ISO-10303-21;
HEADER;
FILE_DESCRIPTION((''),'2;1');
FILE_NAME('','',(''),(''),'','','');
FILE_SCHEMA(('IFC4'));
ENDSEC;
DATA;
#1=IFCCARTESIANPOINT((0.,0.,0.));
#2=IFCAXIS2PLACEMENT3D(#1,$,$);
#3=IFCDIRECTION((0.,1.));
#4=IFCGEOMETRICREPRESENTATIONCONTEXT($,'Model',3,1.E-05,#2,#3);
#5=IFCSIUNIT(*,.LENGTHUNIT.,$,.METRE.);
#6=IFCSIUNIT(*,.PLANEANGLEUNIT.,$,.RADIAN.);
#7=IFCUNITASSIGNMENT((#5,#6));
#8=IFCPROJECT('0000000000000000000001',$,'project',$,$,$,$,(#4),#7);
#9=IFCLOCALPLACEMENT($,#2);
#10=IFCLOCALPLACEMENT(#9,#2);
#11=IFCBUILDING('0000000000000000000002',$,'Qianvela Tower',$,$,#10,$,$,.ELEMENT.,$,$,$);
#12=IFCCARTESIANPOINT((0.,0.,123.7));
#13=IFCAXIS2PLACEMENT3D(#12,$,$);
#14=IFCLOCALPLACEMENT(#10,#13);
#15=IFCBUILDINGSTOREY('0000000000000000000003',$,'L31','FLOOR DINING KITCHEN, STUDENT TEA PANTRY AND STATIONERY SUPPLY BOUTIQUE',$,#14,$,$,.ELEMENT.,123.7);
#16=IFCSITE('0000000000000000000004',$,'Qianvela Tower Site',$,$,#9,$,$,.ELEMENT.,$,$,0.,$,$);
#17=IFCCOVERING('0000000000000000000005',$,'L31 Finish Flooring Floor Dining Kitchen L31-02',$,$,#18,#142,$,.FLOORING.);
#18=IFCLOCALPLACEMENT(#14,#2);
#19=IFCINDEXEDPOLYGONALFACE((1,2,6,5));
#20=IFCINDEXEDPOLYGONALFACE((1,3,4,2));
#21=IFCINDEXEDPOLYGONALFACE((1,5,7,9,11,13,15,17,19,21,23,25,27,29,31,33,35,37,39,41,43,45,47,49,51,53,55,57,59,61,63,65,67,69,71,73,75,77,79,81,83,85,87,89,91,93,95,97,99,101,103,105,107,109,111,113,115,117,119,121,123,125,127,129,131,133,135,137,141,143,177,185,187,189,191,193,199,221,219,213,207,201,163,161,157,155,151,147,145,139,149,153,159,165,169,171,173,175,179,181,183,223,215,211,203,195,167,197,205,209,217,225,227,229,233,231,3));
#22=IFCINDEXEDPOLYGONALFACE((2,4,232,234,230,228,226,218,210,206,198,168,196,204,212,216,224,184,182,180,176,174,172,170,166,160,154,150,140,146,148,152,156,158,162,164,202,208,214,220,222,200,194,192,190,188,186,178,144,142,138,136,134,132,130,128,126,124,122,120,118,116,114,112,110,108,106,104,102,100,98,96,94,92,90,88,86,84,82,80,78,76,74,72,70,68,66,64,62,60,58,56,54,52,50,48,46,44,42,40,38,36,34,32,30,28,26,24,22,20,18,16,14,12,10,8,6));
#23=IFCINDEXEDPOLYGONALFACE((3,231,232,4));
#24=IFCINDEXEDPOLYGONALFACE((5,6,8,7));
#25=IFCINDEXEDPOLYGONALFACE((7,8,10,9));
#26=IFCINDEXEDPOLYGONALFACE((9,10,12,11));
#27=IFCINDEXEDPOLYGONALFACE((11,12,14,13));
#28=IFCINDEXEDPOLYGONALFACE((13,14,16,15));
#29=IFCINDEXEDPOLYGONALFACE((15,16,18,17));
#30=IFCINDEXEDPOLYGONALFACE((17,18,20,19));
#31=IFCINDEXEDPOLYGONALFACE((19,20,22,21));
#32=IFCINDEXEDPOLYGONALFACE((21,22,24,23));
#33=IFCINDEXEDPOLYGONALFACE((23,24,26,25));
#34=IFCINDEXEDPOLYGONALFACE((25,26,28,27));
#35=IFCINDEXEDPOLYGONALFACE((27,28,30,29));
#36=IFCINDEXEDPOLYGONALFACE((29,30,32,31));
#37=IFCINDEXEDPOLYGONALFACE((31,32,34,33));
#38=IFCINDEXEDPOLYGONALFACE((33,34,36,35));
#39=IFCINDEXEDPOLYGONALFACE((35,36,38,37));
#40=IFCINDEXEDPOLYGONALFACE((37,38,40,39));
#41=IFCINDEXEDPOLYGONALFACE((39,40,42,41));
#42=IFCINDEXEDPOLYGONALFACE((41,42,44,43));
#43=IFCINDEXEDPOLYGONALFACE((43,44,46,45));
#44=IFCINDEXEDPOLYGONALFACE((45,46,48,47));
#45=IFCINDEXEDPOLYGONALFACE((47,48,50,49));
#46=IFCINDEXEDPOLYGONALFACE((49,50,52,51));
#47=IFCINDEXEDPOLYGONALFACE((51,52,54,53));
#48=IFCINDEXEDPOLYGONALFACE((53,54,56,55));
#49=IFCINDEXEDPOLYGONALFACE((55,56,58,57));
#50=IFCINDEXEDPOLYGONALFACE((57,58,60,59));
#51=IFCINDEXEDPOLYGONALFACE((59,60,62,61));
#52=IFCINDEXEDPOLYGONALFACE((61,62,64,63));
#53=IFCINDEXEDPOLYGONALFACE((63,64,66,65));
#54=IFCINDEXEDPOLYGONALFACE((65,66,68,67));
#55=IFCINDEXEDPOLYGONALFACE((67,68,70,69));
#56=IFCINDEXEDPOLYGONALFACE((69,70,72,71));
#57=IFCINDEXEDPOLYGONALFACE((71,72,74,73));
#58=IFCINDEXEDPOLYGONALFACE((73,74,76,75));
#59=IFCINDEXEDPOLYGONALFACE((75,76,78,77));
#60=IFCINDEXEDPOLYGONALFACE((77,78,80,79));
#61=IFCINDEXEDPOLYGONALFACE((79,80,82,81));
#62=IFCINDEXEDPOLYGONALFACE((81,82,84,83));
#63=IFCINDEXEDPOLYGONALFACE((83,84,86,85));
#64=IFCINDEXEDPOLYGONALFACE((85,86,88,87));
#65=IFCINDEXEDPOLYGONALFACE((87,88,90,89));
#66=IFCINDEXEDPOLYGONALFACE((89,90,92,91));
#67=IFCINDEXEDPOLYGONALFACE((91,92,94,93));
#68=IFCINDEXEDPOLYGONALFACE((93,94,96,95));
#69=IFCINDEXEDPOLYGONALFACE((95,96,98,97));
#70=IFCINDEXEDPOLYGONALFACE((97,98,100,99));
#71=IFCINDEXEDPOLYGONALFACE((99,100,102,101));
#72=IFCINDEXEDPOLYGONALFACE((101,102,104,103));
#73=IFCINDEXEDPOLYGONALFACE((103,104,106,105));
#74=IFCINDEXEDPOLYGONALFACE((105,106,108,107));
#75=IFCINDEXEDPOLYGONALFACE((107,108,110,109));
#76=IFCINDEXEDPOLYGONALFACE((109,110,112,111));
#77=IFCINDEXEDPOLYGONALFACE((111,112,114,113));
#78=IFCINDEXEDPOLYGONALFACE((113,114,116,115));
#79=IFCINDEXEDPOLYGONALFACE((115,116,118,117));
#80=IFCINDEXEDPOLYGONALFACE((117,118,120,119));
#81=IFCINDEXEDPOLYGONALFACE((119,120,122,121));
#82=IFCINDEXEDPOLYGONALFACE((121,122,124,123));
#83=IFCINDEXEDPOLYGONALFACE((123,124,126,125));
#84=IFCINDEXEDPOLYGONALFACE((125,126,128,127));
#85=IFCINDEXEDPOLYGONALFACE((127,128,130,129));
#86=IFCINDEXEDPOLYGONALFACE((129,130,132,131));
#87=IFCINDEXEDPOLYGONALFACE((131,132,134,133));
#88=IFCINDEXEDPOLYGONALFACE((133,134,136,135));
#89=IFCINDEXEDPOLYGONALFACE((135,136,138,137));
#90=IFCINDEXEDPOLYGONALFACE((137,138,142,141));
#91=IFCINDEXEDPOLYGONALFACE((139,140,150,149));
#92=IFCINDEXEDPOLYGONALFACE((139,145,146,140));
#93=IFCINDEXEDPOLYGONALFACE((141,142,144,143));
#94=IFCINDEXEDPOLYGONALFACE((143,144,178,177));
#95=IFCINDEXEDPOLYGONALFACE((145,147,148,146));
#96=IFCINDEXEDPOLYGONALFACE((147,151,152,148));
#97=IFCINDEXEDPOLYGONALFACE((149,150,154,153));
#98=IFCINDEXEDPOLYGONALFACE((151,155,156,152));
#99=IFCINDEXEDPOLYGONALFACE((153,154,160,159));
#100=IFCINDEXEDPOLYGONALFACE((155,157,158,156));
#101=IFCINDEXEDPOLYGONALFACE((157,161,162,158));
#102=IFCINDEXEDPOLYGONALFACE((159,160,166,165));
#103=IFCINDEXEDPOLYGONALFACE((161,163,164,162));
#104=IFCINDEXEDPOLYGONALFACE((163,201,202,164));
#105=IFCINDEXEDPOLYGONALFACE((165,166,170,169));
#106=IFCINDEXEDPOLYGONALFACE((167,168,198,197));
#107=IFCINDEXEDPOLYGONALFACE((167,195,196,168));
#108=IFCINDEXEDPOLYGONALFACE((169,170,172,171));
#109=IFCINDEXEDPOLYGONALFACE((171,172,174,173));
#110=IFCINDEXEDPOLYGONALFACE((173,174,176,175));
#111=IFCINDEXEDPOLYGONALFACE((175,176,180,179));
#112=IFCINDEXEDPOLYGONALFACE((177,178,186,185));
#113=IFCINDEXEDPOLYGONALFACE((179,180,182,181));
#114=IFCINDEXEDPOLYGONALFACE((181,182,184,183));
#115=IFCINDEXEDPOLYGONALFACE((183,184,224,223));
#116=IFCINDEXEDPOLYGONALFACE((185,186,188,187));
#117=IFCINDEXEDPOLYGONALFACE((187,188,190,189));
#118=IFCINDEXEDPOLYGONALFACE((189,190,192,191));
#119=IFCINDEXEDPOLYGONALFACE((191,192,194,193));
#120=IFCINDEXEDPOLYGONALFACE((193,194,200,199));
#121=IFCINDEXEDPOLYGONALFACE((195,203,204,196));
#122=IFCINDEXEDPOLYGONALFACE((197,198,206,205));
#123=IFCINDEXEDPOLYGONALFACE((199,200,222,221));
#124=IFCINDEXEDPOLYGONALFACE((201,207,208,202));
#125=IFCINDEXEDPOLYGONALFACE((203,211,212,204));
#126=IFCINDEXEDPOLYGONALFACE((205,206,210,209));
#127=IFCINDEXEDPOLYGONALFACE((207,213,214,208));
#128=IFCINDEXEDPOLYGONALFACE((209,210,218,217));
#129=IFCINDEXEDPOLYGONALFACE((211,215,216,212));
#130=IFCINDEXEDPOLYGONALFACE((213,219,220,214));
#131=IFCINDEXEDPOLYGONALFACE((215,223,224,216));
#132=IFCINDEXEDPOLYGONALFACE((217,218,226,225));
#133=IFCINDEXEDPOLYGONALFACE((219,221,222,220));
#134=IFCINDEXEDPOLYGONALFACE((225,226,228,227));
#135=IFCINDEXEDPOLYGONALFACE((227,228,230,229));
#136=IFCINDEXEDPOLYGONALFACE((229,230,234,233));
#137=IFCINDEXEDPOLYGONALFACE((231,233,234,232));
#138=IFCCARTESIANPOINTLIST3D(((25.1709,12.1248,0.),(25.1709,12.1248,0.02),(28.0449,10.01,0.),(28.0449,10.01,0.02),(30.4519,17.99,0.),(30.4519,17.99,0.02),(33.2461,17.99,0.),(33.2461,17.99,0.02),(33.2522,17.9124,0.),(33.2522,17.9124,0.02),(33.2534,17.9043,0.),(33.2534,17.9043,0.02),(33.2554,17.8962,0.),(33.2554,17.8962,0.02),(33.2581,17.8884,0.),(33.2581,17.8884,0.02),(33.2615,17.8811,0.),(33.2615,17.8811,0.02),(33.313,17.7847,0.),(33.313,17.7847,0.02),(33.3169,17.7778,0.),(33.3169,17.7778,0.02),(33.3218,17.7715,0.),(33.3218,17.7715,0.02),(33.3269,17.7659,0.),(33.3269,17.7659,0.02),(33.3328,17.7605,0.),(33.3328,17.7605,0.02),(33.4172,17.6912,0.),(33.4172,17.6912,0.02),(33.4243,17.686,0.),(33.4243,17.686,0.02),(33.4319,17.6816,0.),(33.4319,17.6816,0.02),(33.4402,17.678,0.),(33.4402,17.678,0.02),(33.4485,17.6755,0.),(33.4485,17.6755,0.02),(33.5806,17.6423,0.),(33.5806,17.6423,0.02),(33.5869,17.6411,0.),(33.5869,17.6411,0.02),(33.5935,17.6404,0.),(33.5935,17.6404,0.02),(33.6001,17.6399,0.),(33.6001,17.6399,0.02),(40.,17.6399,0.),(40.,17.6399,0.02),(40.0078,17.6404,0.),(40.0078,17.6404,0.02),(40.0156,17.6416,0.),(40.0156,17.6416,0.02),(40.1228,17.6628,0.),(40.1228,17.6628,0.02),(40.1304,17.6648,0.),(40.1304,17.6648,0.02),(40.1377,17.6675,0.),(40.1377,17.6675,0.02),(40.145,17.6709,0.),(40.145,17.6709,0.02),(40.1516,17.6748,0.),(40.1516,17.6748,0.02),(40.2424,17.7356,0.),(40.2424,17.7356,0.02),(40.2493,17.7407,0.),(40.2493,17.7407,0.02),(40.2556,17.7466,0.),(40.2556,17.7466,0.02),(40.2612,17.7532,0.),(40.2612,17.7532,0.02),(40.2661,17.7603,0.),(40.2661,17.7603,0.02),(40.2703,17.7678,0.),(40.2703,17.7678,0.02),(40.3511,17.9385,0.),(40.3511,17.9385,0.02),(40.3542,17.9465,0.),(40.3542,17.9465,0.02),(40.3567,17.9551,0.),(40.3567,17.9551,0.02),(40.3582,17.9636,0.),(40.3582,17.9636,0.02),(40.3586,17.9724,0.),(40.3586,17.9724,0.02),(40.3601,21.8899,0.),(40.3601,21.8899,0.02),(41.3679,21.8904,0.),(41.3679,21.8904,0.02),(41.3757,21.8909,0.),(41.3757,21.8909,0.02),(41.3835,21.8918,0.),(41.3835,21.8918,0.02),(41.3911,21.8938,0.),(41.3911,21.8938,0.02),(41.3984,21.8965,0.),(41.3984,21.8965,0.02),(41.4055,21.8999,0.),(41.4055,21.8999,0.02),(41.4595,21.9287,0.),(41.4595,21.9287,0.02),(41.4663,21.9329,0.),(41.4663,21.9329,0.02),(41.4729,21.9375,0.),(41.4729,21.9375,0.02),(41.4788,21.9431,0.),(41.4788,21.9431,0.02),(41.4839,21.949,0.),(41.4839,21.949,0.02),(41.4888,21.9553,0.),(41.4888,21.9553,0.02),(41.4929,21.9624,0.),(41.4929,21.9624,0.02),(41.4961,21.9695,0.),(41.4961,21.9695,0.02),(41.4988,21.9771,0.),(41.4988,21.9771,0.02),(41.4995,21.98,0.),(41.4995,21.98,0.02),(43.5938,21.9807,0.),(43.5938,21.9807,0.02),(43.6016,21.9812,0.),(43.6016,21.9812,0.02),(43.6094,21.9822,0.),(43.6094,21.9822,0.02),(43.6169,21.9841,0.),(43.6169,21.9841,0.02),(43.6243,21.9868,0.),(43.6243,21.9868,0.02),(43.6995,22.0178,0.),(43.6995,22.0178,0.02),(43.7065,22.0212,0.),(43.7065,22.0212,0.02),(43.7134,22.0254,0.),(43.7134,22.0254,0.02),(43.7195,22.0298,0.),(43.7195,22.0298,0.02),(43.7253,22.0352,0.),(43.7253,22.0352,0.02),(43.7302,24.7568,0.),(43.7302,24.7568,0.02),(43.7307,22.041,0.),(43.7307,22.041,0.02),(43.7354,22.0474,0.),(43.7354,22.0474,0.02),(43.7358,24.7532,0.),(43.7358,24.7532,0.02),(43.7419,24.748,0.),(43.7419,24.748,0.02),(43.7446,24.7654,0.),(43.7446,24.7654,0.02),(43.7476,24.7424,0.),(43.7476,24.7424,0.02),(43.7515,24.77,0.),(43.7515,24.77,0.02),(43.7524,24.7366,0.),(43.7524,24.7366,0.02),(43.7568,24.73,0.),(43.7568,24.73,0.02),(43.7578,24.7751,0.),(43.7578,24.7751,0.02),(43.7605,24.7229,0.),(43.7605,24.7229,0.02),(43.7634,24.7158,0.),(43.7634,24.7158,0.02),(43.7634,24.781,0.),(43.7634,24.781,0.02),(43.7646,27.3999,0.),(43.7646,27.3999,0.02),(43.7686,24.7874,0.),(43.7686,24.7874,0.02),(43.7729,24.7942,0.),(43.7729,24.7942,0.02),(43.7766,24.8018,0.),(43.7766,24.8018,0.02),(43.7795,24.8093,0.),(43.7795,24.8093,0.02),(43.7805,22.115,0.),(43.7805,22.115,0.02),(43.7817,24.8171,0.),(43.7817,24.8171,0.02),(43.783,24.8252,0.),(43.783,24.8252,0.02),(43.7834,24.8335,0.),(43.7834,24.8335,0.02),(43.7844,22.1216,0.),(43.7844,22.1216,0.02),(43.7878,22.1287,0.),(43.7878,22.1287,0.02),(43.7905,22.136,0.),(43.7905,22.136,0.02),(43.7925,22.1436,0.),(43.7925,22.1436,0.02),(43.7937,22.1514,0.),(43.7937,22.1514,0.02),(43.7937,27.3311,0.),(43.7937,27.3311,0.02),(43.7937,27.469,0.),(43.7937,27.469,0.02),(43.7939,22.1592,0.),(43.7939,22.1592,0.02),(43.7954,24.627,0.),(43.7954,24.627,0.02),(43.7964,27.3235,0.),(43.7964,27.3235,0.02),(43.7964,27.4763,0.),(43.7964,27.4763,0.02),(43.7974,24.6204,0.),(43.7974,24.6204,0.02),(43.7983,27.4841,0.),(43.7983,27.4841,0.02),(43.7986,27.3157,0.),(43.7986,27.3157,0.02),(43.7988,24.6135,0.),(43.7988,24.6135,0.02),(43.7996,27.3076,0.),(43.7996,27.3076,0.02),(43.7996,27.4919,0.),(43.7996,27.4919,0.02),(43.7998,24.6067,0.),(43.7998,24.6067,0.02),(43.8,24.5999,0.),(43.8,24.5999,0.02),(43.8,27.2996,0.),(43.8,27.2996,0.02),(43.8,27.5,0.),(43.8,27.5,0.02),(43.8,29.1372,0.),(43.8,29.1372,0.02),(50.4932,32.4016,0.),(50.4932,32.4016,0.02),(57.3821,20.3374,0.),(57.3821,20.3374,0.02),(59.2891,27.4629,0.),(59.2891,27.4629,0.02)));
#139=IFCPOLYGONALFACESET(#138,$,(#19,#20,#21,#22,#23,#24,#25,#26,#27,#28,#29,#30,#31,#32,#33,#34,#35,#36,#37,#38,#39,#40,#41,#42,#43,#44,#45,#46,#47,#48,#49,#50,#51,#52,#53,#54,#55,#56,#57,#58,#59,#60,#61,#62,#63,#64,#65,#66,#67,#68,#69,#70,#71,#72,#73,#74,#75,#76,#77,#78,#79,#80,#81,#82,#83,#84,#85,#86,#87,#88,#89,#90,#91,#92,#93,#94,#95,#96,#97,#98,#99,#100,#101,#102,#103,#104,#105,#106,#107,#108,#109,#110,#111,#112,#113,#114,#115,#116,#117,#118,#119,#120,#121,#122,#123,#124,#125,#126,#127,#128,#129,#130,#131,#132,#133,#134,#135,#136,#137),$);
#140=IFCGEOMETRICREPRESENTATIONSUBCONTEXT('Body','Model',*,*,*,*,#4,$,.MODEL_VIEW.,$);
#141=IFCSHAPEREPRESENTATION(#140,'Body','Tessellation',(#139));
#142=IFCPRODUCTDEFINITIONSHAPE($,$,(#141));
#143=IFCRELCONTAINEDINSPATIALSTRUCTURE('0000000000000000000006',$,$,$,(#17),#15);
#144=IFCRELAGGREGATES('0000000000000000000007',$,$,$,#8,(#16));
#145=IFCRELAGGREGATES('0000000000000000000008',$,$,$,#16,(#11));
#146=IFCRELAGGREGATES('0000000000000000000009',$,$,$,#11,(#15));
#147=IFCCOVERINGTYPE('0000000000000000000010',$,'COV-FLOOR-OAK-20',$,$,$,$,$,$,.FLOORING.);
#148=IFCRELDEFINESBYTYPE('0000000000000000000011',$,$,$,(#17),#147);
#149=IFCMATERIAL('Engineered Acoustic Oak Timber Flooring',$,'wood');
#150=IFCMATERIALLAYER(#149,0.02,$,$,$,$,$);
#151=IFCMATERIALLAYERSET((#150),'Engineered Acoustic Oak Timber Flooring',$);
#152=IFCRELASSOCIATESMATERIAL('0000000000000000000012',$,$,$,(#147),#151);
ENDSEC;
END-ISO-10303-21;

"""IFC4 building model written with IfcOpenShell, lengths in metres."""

from ifc_helpers import new_model, si_unit, direction, frame, origin, place, context, subcontext, project, spatial, polyline, outline, extrude, material, layer, layer_set, type_object, element, save


model = new_model("IFC4")

# Units and contexts
model_context = context("Model", 3, precision=1e-05, world=origin(), true_north=direction((0.0, 1.0)))
body_context = subcontext(model_context, "Body", "Model", "MODEL_VIEW")
ifc_project = project(units=[si_unit("LENGTHUNIT", "METRE"), si_unit("PLANEANGLEUNIT", "RADIAN")], contexts=[model_context])

# Site, building, storey
site_placement = place(None, origin())
site = spatial("IfcSite", under=ifc_project, at=site_placement, Name="Qianvela Tower Site", CompositionType="ELEMENT", RefElevation=0.0)
building_placement = place(site_placement, origin())
building = spatial("IfcBuilding", under=site, at=building_placement, Name="Qianvela Tower", CompositionType="ELEMENT")
storey_placement = place(building_placement, frame((0.0, 0.0, 123.7)))
storey = spatial("IfcBuildingStorey", under=building, at=storey_placement, Name="L31", Description="FLOOR DINING KITCHEN, STUDENT TEA PANTRY AND STATIONERY SUPPLY BOUTIQUE", CompositionType="ELEMENT", Elevation=123.7)

# Covering
ifc_material_1 = material(Name="Engineered Acoustic Oak Timber Flooring", Category="wood")
ifc_layer_1 = layer(ifc_material_1, 0.02)
ifc_layer_set_1 = layer_set([ifc_layer_1], Name="Engineered Acoustic Oak Timber Flooring")
covering_type_1 = type_object("IfcCoveringType", Name="COV-FLOOR-OAK-20", PredefinedType="FLOORING", material=ifc_layer_set_1)
covering_1_placement = place(storey_placement, origin())
element("IfcCovering", 1, at=covering_1_placement, inside=storey, type_object=covering_type_1, Name="L31 Finish Flooring Floor Dining Kitchen L31-02", PredefinedType="FLOORING", context=body_context, shape_type="SweptSolid", body=[
    extrude(outline(polyline([(40.1228, 17.6628), (40.1304, 17.6648), (40.1377, 17.6675), (40.145, 17.6709), (40.1516, 17.6748), (40.2424, 17.7356), (40.2493, 17.7407), (40.2556, 17.7466), (40.2612, 17.7532), (40.2661, 17.7603), (40.2703, 17.7678), (40.3511, 17.9385), (40.3542, 17.9465), (40.3567, 17.9551), (40.3582, 17.9636), (40.3586, 17.9724), (40.3601, 21.8899), (41.3679, 21.8904), (41.3757, 21.8909), (41.3835, 21.8918), (41.3911, 21.8938), (41.3984, 21.8965), (41.4055, 21.8999), (41.4595, 21.9287), (41.4663, 21.9329), (41.4729, 21.9375), (41.4788, 21.9431), (41.4839, 21.949), (41.4888, 21.9553), (41.4929, 21.9624), (41.4961, 21.9695), (41.4988, 21.9771), (41.4995, 21.98), (43.5938, 21.9807), (43.6016, 21.9812), (43.6094, 21.9822), (43.6169, 21.9841), (43.6243, 21.9868), (43.6995, 22.0178), (43.7065, 22.0212), (43.7134, 22.0254), (43.7195, 22.0298), (43.7253, 22.0352), (43.7307, 22.041), (43.7354, 22.0474), (43.7805, 22.115), (43.7844, 22.1216), (43.7878, 22.1287), (43.7905, 22.136), (43.7925, 22.1436), (43.7937, 22.1514), (43.7939, 22.1592), (43.8, 24.5999), (43.7998, 24.6067), (43.7988, 24.6135), (43.7974, 24.6204), (43.7954, 24.627), (43.7634, 24.7158), (43.7605, 24.7229), (43.7568, 24.73), (43.7524, 24.7366), (43.7476, 24.7424), (43.7419, 24.748), (43.7358, 24.7532), (43.7302, 24.7568), (43.7446, 24.7654), (43.7515, 24.77), (43.7578, 24.7751), (43.7634, 24.781), (43.7686, 24.7874), (43.7729, 24.7942), (43.7766, 24.8018), (43.7795, 24.8093), (43.7817, 24.8171), (43.783, 24.8252), (43.7834, 24.8335), (43.8, 27.2996), (43.7996, 27.3076), (43.7986, 27.3157), (43.7964, 27.3235), (43.7937, 27.3311), (43.7646, 27.3999), (43.7937, 27.469), (43.7964, 27.4763), (43.7983, 27.4841), (43.7996, 27.4919), (43.8, 27.5), (43.8, 29.1372), (50.4932, 32.4016), (59.2891, 27.4629), (57.3821, 20.3374), (28.0449, 10.01), (25.1709, 12.1248), (30.4519, 17.99), (33.2461, 17.99), (33.2522, 17.9124), (33.2534, 17.9043), (33.2554, 17.8962), (33.2581, 17.8884), (33.2615, 17.8811), (33.313, 17.7847), (33.3169, 17.7778), (33.3218, 17.7715), (33.3269, 17.7659), (33.3328, 17.7605), (33.4172, 17.6912), (33.4243, 17.686), (33.4319, 17.6816), (33.4402, 17.678), (33.4485, 17.6755), (33.5806, 17.6423), (33.5869, 17.6411), (33.5935, 17.6404), (33.6001, 17.6399), (40.0, 17.6399), (40.0078, 17.6404), (40.0156, 17.6416), (40.1228, 17.6628)])), origin(), (0.0, 0.0, 1.0), 0.02),
])

save(model, "model.ifc")
